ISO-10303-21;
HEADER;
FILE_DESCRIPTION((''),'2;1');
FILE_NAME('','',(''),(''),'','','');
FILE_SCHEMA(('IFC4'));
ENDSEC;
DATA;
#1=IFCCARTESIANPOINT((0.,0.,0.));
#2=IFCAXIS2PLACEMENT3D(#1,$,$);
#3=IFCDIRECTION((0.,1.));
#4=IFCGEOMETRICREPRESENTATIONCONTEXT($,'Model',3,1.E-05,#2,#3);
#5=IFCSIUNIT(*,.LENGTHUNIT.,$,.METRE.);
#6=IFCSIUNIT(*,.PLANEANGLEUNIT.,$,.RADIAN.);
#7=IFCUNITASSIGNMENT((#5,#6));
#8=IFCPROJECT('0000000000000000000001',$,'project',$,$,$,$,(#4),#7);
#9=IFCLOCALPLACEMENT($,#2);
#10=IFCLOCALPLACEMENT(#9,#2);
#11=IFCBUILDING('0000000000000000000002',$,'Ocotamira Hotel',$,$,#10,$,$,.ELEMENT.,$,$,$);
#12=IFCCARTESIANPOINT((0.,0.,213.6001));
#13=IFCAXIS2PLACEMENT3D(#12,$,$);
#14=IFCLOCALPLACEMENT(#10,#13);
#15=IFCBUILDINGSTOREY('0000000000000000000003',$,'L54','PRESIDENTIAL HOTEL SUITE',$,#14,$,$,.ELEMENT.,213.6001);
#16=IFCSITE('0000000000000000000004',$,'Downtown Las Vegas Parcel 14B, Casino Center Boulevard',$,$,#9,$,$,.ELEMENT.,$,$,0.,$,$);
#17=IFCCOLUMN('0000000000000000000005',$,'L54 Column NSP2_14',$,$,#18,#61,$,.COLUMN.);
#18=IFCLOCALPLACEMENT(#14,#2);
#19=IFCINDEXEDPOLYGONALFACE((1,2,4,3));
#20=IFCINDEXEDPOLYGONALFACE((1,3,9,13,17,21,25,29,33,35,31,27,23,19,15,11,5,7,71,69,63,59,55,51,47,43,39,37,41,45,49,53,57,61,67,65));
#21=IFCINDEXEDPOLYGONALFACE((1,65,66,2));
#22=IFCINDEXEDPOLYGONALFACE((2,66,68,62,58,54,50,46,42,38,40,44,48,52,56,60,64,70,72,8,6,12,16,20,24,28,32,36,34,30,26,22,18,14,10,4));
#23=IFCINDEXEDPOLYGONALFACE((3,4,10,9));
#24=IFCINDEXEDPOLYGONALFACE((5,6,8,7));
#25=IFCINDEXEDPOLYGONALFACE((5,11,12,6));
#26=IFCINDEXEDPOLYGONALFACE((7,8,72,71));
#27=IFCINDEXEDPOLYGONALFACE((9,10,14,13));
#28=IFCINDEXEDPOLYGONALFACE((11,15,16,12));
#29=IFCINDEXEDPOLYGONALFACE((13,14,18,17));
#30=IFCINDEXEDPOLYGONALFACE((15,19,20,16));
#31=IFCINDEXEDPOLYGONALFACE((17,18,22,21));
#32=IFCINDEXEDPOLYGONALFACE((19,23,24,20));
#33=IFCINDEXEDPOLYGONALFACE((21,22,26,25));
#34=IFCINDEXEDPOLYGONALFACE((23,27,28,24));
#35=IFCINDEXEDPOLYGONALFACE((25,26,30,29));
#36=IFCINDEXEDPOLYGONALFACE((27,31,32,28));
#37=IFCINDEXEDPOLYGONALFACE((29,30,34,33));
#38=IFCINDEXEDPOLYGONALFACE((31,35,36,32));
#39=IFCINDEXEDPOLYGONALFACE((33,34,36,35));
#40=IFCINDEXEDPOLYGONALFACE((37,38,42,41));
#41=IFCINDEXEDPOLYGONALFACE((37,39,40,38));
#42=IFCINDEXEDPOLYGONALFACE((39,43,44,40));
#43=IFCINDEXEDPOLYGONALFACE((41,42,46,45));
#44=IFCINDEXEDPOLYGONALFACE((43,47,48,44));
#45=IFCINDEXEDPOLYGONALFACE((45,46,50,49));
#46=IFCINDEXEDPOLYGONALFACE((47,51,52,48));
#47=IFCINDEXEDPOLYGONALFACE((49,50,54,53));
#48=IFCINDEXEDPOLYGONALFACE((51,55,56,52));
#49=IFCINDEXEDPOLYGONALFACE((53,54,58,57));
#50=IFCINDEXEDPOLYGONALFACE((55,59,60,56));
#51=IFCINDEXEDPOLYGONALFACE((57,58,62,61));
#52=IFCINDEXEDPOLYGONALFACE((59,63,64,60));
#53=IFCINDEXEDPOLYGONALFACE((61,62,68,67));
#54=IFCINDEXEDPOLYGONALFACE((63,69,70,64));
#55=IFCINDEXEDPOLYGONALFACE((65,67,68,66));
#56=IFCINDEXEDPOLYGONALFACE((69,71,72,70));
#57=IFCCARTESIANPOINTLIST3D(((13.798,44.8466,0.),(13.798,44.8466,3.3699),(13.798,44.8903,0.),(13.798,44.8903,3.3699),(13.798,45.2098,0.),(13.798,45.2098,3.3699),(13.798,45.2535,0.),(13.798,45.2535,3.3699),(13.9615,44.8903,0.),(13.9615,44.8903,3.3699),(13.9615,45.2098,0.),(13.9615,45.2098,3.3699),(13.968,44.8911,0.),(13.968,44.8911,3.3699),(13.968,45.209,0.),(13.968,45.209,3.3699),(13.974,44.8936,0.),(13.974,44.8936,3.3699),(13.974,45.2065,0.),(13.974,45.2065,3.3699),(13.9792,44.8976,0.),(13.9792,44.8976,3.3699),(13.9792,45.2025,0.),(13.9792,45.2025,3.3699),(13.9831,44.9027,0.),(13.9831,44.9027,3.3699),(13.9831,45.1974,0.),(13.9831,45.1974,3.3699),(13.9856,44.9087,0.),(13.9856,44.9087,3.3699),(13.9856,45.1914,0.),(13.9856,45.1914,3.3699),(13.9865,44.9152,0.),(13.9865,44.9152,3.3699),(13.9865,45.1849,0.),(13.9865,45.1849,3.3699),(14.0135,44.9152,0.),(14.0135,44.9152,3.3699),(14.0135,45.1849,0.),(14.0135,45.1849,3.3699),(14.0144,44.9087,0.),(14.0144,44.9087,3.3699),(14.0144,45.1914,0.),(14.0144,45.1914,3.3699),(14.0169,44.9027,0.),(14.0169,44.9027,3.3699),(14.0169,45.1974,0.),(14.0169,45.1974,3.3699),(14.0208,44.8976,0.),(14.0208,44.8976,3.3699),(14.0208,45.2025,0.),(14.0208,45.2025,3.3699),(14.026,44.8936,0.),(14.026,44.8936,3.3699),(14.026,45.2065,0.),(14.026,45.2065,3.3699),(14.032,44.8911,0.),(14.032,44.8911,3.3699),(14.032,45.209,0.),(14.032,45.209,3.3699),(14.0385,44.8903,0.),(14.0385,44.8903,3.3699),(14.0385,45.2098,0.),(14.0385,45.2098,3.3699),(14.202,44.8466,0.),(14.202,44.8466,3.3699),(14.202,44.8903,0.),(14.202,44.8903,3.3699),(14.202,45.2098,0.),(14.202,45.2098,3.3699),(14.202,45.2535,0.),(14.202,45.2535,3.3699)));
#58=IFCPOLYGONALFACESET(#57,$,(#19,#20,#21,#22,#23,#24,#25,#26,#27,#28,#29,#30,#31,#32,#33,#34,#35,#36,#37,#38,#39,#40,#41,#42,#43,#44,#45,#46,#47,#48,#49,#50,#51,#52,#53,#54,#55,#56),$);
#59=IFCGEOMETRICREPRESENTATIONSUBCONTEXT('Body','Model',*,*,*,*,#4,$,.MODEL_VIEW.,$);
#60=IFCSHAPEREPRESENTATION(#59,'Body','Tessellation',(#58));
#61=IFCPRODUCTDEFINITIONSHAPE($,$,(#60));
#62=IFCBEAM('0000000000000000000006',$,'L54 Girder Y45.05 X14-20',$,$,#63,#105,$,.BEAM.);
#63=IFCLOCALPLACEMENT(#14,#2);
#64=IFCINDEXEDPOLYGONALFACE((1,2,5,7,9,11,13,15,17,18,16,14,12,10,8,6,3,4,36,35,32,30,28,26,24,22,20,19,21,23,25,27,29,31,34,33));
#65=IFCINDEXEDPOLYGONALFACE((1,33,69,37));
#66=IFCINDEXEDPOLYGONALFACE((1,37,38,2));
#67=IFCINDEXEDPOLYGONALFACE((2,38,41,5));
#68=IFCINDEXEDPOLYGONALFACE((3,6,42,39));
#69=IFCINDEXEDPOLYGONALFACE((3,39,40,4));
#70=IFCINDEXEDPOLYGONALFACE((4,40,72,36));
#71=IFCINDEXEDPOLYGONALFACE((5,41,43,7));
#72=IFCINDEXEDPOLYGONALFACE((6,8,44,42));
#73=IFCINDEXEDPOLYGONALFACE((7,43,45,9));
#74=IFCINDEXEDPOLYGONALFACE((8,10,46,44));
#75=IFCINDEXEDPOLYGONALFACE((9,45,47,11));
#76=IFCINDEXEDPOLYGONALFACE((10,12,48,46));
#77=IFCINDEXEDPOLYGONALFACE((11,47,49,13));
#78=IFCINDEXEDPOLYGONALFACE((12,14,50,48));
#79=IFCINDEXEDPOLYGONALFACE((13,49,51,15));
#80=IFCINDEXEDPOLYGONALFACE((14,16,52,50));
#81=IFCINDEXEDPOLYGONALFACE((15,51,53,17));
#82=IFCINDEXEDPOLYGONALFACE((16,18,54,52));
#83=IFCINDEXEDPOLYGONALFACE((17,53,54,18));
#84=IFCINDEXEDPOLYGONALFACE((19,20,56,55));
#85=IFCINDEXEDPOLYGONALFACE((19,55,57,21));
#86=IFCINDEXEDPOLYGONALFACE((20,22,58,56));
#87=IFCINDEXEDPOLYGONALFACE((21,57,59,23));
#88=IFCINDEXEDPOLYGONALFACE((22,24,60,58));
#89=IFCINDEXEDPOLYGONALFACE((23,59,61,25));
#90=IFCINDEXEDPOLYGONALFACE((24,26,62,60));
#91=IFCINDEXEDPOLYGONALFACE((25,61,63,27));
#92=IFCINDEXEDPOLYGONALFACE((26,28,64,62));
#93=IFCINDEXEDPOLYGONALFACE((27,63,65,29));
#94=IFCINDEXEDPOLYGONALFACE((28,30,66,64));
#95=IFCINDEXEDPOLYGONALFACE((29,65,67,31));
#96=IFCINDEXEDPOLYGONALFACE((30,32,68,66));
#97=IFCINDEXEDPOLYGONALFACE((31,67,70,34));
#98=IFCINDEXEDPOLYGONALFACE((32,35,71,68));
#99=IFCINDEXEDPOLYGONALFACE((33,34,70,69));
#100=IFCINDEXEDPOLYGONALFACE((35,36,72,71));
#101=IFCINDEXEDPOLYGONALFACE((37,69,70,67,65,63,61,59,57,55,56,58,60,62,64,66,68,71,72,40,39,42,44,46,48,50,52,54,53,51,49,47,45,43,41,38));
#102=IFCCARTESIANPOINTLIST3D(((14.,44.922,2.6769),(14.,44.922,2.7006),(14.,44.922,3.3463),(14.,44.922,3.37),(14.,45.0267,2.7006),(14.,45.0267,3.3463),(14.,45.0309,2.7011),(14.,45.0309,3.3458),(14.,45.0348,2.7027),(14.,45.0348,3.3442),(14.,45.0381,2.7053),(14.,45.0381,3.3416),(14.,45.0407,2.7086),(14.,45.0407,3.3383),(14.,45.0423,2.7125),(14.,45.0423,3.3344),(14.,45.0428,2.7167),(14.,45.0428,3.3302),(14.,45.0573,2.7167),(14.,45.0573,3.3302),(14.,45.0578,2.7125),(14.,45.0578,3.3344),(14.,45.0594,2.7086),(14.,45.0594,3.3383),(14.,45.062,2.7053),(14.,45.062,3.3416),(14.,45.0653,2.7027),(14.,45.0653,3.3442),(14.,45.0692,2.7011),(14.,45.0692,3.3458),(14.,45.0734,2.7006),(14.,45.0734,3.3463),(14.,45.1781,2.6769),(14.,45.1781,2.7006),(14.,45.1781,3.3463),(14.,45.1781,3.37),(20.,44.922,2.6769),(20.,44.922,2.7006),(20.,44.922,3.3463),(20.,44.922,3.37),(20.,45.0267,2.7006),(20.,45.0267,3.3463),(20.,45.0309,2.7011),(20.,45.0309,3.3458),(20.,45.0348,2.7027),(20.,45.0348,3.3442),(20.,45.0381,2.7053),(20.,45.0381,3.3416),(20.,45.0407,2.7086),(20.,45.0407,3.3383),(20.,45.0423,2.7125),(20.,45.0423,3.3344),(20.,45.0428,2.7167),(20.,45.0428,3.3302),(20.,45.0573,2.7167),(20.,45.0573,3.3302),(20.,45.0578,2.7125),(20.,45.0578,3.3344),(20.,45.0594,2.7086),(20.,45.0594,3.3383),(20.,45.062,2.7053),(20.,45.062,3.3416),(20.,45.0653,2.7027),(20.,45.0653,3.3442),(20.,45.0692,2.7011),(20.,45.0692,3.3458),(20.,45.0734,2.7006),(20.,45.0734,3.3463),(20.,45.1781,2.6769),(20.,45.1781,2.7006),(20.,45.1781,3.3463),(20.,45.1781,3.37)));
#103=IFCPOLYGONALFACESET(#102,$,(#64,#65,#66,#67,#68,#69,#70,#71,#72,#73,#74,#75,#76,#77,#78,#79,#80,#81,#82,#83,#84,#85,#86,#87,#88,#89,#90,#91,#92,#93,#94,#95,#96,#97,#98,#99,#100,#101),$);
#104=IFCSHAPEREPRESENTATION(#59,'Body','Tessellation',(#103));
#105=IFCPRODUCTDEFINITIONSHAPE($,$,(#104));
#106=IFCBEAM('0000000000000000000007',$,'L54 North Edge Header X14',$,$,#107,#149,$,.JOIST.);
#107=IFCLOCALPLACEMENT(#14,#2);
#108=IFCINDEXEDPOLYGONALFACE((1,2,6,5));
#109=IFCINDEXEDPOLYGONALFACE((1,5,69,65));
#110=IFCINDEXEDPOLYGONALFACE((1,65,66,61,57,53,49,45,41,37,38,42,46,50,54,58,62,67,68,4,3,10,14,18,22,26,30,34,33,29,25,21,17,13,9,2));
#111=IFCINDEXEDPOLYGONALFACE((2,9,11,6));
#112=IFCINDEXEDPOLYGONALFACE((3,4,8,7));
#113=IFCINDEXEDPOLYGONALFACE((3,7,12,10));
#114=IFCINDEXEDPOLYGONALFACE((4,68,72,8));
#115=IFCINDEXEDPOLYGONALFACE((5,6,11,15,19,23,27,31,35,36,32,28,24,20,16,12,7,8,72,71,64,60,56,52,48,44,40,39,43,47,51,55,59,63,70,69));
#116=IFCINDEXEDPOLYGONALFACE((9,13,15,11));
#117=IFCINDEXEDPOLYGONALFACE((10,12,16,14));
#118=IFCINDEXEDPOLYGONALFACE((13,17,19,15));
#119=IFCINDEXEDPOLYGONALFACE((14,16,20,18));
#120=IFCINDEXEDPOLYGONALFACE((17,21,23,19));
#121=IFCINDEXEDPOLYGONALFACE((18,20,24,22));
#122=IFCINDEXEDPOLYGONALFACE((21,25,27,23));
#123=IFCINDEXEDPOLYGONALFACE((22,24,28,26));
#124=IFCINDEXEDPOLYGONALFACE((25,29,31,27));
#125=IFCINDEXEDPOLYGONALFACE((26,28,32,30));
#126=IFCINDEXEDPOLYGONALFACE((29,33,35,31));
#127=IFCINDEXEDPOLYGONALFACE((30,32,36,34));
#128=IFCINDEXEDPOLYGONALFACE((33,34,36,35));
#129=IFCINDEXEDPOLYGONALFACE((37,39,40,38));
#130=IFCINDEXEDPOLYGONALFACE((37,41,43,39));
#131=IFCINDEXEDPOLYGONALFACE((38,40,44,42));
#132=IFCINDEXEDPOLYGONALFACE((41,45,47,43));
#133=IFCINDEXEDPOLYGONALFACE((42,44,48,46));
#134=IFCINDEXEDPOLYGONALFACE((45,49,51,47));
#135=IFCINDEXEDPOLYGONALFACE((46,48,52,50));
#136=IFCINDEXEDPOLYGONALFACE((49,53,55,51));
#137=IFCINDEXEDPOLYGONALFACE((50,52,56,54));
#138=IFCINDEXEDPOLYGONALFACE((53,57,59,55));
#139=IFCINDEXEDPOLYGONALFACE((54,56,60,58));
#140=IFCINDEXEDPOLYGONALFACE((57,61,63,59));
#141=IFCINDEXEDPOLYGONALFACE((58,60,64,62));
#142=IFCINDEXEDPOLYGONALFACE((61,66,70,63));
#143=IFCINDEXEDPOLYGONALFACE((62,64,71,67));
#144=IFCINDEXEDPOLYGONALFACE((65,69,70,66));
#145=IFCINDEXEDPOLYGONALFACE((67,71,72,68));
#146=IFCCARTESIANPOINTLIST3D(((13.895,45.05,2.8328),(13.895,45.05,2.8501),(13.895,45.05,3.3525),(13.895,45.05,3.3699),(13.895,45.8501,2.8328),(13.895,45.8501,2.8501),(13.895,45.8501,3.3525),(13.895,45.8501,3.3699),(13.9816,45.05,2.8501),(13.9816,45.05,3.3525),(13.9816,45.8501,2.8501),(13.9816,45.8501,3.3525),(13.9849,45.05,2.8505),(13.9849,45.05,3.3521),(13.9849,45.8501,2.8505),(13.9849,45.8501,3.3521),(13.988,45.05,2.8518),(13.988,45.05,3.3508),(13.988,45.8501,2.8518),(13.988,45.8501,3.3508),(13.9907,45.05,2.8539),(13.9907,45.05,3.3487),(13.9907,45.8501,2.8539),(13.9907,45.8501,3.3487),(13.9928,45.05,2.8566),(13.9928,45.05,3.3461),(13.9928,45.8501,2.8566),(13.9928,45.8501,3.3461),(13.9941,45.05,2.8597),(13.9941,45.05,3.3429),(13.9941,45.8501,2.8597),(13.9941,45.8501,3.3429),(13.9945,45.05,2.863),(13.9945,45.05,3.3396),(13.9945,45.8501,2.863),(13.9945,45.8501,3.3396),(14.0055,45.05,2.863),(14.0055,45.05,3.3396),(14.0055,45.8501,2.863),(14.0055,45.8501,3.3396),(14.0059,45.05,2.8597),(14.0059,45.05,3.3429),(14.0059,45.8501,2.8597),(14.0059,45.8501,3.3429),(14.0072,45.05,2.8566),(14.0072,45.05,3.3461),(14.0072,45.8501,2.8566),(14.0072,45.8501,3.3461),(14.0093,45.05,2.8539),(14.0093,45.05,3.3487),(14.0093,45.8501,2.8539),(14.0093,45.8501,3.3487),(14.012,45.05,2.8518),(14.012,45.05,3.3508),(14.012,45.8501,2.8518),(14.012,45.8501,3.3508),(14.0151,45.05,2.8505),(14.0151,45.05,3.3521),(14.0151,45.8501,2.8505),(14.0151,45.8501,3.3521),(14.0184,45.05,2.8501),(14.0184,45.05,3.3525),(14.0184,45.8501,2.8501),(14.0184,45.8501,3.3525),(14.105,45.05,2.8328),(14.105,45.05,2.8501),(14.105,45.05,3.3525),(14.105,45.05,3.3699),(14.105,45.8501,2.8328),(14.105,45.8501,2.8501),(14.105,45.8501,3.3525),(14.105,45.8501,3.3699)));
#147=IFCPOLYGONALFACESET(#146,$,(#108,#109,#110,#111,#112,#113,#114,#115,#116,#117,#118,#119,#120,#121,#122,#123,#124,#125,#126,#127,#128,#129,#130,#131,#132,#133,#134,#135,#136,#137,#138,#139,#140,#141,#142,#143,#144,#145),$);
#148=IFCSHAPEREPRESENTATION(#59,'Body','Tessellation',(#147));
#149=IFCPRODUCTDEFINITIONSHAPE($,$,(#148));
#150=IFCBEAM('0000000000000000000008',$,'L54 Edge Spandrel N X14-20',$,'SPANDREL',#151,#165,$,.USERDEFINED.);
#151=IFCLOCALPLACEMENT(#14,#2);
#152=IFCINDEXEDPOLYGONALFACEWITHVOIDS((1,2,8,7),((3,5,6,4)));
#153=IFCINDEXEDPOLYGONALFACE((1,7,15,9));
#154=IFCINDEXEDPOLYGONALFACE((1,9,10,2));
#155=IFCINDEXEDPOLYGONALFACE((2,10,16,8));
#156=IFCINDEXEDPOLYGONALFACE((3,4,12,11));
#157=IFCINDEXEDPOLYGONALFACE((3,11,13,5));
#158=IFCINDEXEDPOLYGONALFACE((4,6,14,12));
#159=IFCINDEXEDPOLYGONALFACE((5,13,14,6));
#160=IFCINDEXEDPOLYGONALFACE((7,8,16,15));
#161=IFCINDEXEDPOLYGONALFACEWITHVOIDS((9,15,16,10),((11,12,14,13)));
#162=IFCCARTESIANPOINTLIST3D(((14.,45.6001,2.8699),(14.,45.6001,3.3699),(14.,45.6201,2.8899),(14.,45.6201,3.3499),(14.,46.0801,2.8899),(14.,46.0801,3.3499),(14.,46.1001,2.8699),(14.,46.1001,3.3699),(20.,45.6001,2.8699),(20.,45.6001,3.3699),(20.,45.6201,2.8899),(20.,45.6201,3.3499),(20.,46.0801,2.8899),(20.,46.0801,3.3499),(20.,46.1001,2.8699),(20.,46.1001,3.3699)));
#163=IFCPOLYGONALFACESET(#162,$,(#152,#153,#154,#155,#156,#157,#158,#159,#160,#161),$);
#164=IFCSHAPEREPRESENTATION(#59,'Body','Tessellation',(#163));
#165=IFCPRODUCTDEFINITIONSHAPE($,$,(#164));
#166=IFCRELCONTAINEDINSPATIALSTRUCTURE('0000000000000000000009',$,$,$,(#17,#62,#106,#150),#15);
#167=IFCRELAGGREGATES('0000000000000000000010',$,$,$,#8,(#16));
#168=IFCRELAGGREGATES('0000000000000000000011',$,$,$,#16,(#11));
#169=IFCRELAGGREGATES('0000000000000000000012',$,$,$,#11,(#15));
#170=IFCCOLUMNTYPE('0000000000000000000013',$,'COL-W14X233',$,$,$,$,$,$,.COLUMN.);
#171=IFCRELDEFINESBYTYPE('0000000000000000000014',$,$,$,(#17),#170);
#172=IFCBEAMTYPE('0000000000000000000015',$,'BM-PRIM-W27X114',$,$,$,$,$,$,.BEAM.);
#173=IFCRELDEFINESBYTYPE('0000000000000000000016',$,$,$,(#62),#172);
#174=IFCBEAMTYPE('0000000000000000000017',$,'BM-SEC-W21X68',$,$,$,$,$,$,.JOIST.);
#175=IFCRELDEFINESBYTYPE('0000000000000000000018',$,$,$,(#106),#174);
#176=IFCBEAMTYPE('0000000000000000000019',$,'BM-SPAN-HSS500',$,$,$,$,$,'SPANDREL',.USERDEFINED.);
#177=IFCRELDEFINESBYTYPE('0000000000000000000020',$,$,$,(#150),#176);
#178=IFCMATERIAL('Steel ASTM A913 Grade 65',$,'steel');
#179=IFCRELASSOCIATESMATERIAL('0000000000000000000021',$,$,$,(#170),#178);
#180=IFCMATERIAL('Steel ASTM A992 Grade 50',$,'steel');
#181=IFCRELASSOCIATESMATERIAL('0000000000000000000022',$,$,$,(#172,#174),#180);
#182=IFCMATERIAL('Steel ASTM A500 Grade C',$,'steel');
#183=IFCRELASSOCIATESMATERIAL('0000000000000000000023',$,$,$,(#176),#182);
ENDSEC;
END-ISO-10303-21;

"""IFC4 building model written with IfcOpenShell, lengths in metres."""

from ifc_helpers import new_model, si_unit, direction, frame, origin, origin_2d, place, context, subcontext, project, spatial, hollow_rectangle, i_section, extrude, source, transform, mapped, material, material_profile, profile_set, type_object, element, save


model = new_model("IFC4")

# Units and contexts
model_context = context("Model", 3, precision=1e-05, world=origin(), true_north=direction((0.0, 1.0)))
body_context = subcontext(model_context, "Body", "Model", "MODEL_VIEW")
ifc_project = project(units=[si_unit("LENGTHUNIT", "METRE"), si_unit("PLANEANGLEUNIT", "RADIAN")], contexts=[model_context])

# Site, building, storey
site_placement = place(None, origin())
site = spatial("IfcSite", under=ifc_project, at=site_placement, Name="Downtown Las Vegas Parcel 14B, Casino Center Boulevard", CompositionType="ELEMENT", RefElevation=0.0)
building_placement = place(site_placement, origin())
building = spatial("IfcBuilding", under=site, at=building_placement, Name="Ocotamira Hotel", CompositionType="ELEMENT")
storey_placement = place(building_placement, frame((0.0, 0.0, 213.6001)))
storey = spatial("IfcBuildingStorey", under=building, at=storey_placement, Name="L54", Description="PRESIDENTIAL HOTEL SUITE", CompositionType="ELEMENT", Elevation=213.6001)

# Column
ifc_material_1 = material(Name="Steel ASTM A913 Grade 65", Category="steel")
ifc_material_profile_1 = material_profile(ifc_material_1, i_section(OverallWidth=0.4041, OverallDepth=0.407, WebThickness=0.0271, FlangeThickness=0.0437, FilletRadius=0.0249, at=origin_2d()), Name="W14X233")
ifc_profile_set_1 = profile_set([ifc_material_profile_1], Name="Steel ASTM A913 Grade 65")
column_type = type_object("IfcColumnType", Name="COL-W14X233", PredefinedType="COLUMN", material=ifc_profile_set_1)
shared_shape_1 = source(origin(), body_context, "Body", "SweptSolid", [
    extrude(i_section(OverallWidth=0.4041, OverallDepth=0.407, WebThickness=0.0271, FlangeThickness=0.0437, FilletRadius=0.0249, at=origin_2d()), origin(), (0.0, 0.0, 1.0), 3.3699),
])
column_placement = place(storey_placement, frame((14.0, 45.05, 0.0), z_axis=(0.0, 0.0, 1.0), x_axis=(1.0, 0.0, 0.0)))
element("IfcColumn", 1, at=column_placement, inside=storey, type_object=column_type, Name="L54 Column NSP2_14", PredefinedType="COLUMN", context=body_context, shape_type="MappedRepresentation", body=[
    mapped(shared_shape_1, transform((0.0, 0.0, 0.0), scale=1.0)),
])

# Beams
ifc_material_2 = material(Name="Steel ASTM A992 Grade 50", Category="steel")
ifc_material_profile_2 = material_profile(ifc_material_2, i_section(OverallWidth=0.2561, OverallDepth=0.6931, WebThickness=0.0144, FlangeThickness=0.0237, FilletRadius=0.0161, at=origin_2d()), Name="W27X114")
ifc_profile_set_2 = profile_set([ifc_material_profile_2], Name="Steel ASTM A992 Grade 50")
beam_type_1 = type_object("IfcBeamType", Name="BM-PRIM-W27X114", PredefinedType="BEAM", material=ifc_profile_set_2)
shared_shape_2 = source(origin(), body_context, "Body", "SweptSolid", [
    extrude(i_section(OverallWidth=0.2561, OverallDepth=0.6931, WebThickness=0.0144, FlangeThickness=0.0237, FilletRadius=0.0161, at=origin_2d()), origin(), (0.0, 0.0, 1.0), 6.0),
])
beam_1_placement = place(storey_placement, frame((14.0, 45.05, 3.0234), z_axis=(1.0, 0.0, 0.0), x_axis=(0.0, 1.0, 0.0)))
element("IfcBeam", 2, at=beam_1_placement, inside=storey, type_object=beam_type_1, Name="L54 Girder Y45.05 X14-20", PredefinedType="BEAM", context=body_context, shape_type="MappedRepresentation", body=[
    mapped(shared_shape_2, transform((0.0, 0.0, 0.0), scale=1.0)),
])
ifc_material_profile_3 = material_profile(ifc_material_2, i_section(OverallWidth=0.21, OverallDepth=0.5371, WebThickness=0.011, FlangeThickness=0.0173, FilletRadius=0.0129, at=origin_2d()), Name="W21X68")
ifc_profile_set_3 = profile_set([ifc_material_profile_3], Name="Steel ASTM A992 Grade 50")
beam_type_2 = type_object("IfcBeamType", Name="BM-SEC-W21X68", PredefinedType="JOIST", material=ifc_profile_set_3)
shared_shape_3 = source(origin(), body_context, "Body", "SweptSolid", [
    extrude(i_section(OverallWidth=0.21, OverallDepth=0.5371, WebThickness=0.011, FlangeThickness=0.0173, FilletRadius=0.0129, at=origin_2d()), origin(), (0.0, 0.0, 1.0), 0.8),
])
beam_2_placement = place(storey_placement, frame((14.0, 45.05, 3.1013), z_axis=(0.0, 1.0, 0.0), x_axis=(-1.0, 0.0, 0.0)))
element("IfcBeam", 3, at=beam_2_placement, inside=storey, type_object=beam_type_2, Name="L54 North Edge Header X14", PredefinedType="JOIST", context=body_context, shape_type="MappedRepresentation", body=[
    mapped(shared_shape_3, transform((0.0, 0.0, 0.0), scale=1.0)),
])
ifc_material_3 = material(Name="Steel ASTM A500 Grade C", Category="steel")
ifc_material_profile_4 = material_profile(ifc_material_3, hollow_rectangle(XDim=0.5, YDim=0.5, WallThickness=0.02, at=origin_2d()), Name="HSS500X500X20")
ifc_profile_set_4 = profile_set([ifc_material_profile_4], Name="Steel ASTM A500 Grade C")
beam_type_3 = type_object("IfcBeamType", Name="BM-SPAN-HSS500", ElementType="SPANDREL", PredefinedType="USERDEFINED", material=ifc_profile_set_4)
shared_shape_4 = source(origin(), body_context, "Body", "SweptSolid", [
    extrude(hollow_rectangle(XDim=0.5, YDim=0.5, WallThickness=0.02, at=origin_2d()), origin(), (0.0, 0.0, 1.0), 6.0),
])
beam_3_placement = place(storey_placement, frame((14.0, 45.8501, 3.1199), z_axis=(1.0, 0.0, 0.0), x_axis=(0.0, 1.0, 0.0)))
element("IfcBeam", 4, at=beam_3_placement, inside=storey, type_object=beam_type_3, Name="L54 Edge Spandrel N X14-20", ObjectType="SPANDREL", PredefinedType="USERDEFINED", context=body_context, shape_type="MappedRepresentation", body=[
    mapped(shared_shape_4, transform((0.0, 0.0, 0.0), scale=1.0)),
])

save(model, "model.ifc")
